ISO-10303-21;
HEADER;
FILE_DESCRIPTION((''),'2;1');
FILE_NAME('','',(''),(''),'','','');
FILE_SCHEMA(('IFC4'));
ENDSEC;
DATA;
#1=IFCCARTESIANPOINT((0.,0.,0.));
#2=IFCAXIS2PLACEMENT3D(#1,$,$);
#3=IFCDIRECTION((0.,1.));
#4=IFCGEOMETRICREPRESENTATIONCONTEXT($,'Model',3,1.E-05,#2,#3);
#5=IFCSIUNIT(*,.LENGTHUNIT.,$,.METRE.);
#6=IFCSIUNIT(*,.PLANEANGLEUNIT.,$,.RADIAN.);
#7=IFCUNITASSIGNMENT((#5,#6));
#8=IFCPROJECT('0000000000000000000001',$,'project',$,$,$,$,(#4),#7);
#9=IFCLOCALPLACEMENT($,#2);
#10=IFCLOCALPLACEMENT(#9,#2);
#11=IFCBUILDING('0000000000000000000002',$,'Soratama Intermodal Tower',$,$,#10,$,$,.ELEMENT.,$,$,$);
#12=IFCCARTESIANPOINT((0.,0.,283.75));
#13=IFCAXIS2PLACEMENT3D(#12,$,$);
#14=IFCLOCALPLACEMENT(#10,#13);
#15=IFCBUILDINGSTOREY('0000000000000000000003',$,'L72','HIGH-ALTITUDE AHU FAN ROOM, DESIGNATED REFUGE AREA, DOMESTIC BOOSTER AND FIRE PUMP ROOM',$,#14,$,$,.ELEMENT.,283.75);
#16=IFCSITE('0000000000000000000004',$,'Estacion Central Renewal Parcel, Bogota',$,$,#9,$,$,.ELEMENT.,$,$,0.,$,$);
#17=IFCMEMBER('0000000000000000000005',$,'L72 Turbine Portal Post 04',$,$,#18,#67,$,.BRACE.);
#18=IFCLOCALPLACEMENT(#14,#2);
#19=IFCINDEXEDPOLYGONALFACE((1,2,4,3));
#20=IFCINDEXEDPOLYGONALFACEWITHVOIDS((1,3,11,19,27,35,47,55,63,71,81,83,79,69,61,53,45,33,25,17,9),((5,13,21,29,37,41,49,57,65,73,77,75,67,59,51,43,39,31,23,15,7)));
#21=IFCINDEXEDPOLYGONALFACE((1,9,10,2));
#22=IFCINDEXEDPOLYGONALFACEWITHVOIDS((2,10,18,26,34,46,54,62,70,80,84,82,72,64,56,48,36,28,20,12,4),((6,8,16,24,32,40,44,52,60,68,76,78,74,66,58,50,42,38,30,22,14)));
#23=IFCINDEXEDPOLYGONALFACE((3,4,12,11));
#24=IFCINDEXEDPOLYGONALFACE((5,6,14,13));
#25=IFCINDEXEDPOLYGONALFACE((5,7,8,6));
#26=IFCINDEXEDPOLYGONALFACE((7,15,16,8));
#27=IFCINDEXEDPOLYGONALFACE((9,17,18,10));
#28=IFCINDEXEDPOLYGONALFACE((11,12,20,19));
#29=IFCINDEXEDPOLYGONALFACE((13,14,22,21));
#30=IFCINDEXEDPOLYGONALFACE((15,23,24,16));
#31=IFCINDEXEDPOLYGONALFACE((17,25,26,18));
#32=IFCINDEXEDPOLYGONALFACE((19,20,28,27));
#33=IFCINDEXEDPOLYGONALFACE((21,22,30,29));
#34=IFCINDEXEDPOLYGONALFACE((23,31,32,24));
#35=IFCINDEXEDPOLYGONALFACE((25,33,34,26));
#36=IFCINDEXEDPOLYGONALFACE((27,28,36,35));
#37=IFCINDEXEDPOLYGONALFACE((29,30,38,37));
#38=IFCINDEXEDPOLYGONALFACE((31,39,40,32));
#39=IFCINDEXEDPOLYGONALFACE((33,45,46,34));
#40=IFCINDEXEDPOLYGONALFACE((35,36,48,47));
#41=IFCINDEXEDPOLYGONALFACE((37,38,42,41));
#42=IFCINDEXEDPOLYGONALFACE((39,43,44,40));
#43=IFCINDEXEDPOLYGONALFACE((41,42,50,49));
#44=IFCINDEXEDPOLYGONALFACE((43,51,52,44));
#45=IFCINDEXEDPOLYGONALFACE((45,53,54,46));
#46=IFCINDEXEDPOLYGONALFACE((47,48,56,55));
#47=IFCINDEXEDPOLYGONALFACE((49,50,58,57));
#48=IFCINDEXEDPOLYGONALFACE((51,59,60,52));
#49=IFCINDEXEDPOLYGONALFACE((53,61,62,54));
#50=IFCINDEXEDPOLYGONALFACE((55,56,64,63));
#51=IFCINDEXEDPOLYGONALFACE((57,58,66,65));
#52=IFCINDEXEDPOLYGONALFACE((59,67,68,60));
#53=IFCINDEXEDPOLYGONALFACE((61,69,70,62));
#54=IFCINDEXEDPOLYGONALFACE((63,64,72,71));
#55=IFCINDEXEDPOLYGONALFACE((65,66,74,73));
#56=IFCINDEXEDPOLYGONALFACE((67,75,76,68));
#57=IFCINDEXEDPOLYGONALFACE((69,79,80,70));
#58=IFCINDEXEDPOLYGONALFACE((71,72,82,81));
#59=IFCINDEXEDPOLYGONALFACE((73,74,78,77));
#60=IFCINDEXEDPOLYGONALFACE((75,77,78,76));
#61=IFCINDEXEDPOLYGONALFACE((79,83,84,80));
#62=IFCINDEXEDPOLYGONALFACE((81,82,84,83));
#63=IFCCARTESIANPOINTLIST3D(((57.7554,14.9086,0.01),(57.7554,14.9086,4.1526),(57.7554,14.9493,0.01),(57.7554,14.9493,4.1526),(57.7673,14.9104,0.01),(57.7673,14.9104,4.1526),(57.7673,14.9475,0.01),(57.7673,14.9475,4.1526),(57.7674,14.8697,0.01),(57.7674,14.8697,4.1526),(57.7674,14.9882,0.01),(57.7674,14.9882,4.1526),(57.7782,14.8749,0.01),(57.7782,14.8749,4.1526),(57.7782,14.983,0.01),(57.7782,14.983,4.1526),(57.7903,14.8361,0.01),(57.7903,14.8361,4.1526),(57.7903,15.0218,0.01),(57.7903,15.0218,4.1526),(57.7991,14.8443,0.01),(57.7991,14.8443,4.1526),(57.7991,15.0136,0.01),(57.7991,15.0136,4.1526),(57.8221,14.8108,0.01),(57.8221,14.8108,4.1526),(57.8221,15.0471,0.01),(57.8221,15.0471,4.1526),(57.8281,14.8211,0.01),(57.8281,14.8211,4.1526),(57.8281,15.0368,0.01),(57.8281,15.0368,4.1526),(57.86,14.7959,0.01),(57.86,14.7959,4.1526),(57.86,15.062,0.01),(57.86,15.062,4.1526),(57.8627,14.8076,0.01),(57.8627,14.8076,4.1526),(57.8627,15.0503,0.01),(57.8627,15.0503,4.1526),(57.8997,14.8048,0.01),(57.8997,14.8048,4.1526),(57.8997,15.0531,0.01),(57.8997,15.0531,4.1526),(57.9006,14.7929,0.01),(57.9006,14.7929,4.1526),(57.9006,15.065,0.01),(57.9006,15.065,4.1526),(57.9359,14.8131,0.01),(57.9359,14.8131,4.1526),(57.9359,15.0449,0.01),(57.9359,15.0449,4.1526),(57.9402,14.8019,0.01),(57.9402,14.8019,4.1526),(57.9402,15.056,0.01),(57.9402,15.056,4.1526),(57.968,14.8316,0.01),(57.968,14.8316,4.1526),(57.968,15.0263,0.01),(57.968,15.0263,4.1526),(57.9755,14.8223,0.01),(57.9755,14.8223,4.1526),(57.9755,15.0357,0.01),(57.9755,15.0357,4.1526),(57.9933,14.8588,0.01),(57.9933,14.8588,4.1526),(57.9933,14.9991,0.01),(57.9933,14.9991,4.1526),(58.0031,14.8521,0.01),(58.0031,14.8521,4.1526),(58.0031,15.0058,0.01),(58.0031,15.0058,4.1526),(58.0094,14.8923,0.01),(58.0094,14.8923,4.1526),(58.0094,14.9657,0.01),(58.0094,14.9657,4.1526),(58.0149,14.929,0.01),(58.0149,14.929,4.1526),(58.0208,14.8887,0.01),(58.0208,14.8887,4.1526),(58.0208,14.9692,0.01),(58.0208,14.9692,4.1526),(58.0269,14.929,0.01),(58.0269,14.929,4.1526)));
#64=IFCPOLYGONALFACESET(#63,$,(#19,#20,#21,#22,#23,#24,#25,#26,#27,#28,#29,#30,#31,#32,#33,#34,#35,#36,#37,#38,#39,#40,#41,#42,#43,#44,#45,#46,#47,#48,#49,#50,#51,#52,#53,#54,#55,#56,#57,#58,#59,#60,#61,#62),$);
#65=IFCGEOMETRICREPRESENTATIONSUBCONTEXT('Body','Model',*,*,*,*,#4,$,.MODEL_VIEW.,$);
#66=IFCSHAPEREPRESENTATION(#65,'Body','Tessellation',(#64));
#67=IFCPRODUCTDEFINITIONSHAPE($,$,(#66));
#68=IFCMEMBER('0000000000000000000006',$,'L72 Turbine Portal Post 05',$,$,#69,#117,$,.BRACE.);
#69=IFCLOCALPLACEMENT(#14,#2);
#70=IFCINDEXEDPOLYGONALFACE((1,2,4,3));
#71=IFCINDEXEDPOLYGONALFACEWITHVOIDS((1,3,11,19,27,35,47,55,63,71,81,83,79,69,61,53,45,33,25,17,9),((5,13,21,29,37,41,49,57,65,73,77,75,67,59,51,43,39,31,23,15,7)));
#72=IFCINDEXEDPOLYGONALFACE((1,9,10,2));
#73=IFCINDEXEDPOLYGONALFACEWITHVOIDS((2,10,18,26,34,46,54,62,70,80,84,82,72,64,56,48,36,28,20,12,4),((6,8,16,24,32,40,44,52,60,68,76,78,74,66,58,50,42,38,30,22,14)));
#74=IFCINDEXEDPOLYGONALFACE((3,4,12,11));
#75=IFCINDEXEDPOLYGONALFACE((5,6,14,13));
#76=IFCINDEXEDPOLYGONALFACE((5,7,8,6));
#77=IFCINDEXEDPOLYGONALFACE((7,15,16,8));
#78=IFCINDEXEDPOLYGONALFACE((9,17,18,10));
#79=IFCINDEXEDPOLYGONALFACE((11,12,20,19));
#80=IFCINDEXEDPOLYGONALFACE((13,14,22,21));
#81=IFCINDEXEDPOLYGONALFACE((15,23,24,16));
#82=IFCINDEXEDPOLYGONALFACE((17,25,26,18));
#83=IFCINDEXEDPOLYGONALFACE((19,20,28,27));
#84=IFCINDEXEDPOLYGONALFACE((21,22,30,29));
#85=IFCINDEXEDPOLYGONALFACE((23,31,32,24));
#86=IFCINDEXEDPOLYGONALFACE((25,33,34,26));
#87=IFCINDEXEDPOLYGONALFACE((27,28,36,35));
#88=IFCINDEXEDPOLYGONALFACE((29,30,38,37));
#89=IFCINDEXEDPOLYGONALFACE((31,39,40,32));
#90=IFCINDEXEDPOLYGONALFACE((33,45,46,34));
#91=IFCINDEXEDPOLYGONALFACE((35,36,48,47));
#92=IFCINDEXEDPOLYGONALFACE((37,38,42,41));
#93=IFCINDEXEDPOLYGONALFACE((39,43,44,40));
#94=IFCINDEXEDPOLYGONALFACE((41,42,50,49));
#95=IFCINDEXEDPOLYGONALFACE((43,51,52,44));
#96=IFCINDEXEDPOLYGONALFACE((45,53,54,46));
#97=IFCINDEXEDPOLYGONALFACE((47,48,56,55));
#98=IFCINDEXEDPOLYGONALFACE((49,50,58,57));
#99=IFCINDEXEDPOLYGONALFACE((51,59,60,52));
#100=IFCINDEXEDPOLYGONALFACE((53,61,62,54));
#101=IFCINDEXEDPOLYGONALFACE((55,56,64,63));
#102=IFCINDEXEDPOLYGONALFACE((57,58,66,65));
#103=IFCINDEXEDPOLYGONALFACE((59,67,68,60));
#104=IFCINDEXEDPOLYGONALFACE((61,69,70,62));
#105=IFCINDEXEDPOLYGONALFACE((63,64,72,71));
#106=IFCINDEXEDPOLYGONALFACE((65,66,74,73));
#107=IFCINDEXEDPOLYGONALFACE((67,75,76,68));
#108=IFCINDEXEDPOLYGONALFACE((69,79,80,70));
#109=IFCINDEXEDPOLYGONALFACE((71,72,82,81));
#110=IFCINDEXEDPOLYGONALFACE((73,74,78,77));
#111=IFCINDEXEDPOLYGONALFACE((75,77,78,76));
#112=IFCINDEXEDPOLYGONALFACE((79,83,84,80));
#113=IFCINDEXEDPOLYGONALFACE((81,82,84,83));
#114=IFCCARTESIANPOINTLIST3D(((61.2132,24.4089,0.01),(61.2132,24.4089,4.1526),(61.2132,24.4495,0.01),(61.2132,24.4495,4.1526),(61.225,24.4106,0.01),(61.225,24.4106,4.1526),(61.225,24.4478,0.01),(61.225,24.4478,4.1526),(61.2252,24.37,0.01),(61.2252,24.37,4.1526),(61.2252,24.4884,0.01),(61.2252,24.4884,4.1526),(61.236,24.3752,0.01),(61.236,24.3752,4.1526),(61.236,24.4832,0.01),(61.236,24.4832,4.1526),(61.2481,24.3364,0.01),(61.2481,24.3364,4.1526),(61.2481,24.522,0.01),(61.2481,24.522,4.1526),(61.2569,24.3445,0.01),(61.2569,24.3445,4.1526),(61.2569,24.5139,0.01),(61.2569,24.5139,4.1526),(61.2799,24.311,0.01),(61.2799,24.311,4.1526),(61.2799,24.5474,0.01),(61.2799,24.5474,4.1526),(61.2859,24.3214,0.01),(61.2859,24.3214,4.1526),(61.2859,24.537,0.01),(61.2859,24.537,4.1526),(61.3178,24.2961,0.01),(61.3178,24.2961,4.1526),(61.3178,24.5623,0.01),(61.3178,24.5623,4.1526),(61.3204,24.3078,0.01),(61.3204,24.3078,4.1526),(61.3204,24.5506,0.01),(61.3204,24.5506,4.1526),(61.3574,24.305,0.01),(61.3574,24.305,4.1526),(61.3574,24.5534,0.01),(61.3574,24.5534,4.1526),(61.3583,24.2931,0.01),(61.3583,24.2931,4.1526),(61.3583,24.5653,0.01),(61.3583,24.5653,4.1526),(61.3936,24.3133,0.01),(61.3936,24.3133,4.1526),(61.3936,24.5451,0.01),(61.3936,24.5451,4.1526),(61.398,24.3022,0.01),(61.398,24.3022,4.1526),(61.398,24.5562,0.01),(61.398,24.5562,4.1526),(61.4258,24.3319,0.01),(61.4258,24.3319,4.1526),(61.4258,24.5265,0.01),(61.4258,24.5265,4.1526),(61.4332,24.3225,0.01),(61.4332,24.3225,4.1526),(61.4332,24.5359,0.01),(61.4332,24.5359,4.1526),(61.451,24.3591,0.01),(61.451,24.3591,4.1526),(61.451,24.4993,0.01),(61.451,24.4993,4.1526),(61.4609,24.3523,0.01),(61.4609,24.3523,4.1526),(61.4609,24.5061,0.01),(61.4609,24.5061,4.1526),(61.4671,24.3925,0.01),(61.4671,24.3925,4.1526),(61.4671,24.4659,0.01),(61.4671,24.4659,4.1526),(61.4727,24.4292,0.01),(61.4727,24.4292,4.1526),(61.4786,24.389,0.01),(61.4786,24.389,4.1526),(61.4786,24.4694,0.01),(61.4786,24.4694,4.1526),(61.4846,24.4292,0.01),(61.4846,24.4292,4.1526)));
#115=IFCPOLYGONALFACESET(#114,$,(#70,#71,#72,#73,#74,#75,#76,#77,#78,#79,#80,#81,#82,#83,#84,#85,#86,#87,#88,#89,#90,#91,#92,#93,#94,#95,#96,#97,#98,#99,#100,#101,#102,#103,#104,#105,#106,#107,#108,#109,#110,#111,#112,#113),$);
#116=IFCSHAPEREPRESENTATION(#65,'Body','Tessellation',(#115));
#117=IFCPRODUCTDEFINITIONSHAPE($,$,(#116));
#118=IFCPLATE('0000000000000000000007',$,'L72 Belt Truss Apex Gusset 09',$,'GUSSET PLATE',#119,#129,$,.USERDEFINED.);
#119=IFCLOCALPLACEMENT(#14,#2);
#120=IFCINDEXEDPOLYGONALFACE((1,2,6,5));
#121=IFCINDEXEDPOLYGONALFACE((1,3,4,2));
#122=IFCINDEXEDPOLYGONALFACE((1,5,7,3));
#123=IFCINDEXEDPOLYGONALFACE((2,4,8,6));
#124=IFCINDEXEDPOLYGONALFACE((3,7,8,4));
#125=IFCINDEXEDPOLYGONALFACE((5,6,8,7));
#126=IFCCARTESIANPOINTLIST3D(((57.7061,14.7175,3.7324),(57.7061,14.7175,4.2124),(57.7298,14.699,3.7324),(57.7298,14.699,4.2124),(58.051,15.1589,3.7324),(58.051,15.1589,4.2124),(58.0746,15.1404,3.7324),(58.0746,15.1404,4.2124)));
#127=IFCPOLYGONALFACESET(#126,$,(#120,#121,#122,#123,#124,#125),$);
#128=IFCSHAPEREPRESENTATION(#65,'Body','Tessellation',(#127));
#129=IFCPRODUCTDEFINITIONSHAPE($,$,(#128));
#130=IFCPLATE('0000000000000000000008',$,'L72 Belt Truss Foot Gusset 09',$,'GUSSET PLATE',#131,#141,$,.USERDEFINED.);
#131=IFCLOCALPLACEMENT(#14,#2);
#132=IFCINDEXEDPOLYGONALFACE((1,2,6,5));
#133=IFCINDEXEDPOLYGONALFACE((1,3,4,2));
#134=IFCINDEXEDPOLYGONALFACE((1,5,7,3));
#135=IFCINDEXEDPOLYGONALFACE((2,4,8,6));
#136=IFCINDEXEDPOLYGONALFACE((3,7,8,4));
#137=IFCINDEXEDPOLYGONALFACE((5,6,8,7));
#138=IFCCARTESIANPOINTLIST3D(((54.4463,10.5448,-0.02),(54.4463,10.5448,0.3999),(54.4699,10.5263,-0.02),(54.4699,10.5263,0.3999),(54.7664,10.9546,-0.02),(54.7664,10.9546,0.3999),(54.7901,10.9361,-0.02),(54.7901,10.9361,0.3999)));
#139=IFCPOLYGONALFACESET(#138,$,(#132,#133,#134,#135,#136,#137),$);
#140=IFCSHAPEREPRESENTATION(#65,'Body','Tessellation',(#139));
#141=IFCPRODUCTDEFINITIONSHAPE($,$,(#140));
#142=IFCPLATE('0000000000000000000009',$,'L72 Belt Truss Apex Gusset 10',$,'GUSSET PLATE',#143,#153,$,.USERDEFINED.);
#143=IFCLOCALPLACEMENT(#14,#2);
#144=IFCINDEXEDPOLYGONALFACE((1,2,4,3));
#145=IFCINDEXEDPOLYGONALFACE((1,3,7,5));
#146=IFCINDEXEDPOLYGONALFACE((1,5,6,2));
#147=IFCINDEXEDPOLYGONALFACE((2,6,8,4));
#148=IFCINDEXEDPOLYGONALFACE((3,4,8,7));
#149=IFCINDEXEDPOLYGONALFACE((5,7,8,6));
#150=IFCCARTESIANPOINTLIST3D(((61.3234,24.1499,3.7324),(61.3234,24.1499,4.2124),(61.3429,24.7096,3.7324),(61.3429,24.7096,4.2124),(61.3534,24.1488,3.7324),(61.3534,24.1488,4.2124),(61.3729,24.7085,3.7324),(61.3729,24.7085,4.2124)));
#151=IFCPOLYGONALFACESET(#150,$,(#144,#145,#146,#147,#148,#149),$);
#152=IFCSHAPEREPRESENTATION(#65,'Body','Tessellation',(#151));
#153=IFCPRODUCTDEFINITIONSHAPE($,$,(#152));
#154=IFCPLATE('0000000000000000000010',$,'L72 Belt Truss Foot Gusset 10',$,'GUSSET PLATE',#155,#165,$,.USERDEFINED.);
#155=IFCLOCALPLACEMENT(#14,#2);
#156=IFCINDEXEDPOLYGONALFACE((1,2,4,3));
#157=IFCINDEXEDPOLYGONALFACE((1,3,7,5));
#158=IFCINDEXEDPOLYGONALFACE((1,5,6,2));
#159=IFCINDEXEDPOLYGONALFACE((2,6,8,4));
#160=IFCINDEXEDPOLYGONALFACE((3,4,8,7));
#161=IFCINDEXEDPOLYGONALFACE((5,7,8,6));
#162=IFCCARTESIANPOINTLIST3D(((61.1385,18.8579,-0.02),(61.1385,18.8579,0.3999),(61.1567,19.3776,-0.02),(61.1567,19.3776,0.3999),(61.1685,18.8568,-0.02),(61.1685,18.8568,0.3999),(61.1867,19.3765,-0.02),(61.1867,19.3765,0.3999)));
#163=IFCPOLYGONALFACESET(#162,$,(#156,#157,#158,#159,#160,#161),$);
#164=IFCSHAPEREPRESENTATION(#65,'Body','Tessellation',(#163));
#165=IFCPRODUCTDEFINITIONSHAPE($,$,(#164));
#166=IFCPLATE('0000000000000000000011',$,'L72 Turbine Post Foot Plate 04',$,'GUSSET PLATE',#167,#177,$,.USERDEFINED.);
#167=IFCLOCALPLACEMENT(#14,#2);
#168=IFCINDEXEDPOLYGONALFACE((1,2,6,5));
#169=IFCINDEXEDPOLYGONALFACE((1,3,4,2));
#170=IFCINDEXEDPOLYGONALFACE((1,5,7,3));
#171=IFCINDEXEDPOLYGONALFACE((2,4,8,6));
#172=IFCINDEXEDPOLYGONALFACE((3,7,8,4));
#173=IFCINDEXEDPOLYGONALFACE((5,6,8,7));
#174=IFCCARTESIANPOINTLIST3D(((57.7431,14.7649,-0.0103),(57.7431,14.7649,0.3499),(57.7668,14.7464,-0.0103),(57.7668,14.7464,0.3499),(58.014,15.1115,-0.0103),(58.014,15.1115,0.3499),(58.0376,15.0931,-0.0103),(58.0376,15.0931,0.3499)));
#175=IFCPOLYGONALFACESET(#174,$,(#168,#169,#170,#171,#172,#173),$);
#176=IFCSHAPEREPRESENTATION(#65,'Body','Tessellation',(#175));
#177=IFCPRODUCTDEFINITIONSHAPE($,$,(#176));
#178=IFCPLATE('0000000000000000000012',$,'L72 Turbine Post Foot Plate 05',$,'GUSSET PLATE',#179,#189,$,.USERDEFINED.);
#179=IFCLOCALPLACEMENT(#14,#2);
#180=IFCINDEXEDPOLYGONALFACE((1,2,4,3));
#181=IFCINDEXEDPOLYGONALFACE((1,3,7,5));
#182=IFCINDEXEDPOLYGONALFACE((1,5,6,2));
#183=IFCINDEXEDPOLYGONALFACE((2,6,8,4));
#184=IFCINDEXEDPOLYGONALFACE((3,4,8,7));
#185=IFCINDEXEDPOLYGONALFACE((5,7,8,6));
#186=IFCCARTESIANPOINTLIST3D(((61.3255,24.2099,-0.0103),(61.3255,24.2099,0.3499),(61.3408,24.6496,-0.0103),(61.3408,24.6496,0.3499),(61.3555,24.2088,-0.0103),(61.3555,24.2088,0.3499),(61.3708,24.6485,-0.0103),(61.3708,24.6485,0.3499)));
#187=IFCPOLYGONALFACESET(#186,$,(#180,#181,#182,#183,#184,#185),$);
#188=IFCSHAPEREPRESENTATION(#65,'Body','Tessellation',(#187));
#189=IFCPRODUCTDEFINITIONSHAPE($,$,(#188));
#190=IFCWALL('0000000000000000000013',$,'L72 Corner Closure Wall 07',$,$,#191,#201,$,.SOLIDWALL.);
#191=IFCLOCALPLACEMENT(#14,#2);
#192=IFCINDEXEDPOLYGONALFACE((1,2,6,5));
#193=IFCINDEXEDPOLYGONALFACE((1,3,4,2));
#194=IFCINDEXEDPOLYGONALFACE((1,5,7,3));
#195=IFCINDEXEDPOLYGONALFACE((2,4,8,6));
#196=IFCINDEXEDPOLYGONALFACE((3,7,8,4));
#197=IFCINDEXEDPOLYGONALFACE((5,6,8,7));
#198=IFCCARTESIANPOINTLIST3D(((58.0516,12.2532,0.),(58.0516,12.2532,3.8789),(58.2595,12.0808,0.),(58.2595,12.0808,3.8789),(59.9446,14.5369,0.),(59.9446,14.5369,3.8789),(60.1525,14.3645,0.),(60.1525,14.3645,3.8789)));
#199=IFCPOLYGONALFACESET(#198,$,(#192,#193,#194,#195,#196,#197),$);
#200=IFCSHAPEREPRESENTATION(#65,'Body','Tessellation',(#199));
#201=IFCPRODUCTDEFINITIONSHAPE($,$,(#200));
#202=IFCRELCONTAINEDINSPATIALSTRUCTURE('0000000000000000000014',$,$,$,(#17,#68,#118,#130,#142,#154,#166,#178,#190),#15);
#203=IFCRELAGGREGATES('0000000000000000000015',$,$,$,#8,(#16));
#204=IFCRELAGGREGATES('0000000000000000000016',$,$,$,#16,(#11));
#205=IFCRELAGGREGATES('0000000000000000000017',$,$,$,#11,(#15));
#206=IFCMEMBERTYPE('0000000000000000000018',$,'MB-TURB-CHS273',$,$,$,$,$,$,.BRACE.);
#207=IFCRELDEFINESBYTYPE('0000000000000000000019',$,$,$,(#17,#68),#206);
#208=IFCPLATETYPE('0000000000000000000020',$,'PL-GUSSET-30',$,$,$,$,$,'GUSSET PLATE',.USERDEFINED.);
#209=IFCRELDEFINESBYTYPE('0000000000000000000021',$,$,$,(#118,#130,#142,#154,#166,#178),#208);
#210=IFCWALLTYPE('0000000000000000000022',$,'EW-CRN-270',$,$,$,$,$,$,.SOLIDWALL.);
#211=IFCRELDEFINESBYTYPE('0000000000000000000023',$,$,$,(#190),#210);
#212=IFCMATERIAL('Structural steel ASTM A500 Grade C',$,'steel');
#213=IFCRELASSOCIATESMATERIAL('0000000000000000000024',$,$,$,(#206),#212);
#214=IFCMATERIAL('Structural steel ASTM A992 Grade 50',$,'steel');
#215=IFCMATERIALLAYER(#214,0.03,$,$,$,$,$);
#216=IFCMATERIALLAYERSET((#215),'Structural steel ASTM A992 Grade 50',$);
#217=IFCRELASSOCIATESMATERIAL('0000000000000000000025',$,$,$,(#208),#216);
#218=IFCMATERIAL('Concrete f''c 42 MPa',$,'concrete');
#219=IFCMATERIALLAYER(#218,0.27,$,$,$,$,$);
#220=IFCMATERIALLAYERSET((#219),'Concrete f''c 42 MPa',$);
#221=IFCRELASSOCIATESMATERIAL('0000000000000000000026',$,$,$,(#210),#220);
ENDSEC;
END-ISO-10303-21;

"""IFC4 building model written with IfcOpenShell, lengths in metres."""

from ifc_helpers import new_model, si_unit, direction, frame, frame_2d, origin, origin_2d, place, context, subcontext, project, spatial, rectangle, hollow_circle, extrude, material, layer, layer_set, material_profile, profile_set, type_object, element, save


model = new_model("IFC4")

# Units and contexts
model_context = context("Model", 3, precision=1e-05, world=origin(), true_north=direction((0.0, 1.0)))
body_context = subcontext(model_context, "Body", "Model", "MODEL_VIEW")
ifc_project = project(units=[si_unit("LENGTHUNIT", "METRE"), si_unit("PLANEANGLEUNIT", "RADIAN")], contexts=[model_context])

# Site, building, storey
site_placement = place(None, origin())
site = spatial("IfcSite", under=ifc_project, at=site_placement, Name="Estacion Central Renewal Parcel, Bogota", CompositionType="ELEMENT", RefElevation=0.0)
building_placement = place(site_placement, origin())
building = spatial("IfcBuilding", under=site, at=building_placement, Name="Soratama Intermodal Tower", CompositionType="ELEMENT")
storey_placement = place(building_placement, frame((0.0, 0.0, 283.75)))
storey = spatial("IfcBuildingStorey", under=building, at=storey_placement, Name="L72", Description="HIGH-ALTITUDE AHU FAN ROOM, DESIGNATED REFUGE AREA, DOMESTIC BOOSTER AND FIRE PUMP ROOM", CompositionType="ELEMENT", Elevation=283.75)

# Members
ifc_material_1 = material(Name="Structural steel ASTM A500 Grade C", Category="steel")
ifc_material_profile_1 = material_profile(ifc_material_1, hollow_circle(Radius=0.1365, WallThickness=0.012, at=origin_2d()), Name="CHS273X12")
ifc_profile_set_1 = profile_set([ifc_material_profile_1], Name="Structural steel ASTM A500 Grade C")
member_type_1 = type_object("IfcMemberType", Name="MB-TURB-CHS273", PredefinedType="BRACE", material=ifc_profile_set_1)
for number, where, z_axis, x_axis, name in (
    (1, (57.8904, 14.929, 0.01), (0.0, 0.0, 1.0), (1.0, 0.0, 0.0), "L72 Turbine Portal Post 04"),
    (2, (61.3481, 24.4292, 0.01), (0.0, 0.0, 1.0), (1.0, 0.0, 0.0), "L72 Turbine Portal Post 05"),
):
    element("IfcMember", number, at=place(storey_placement, frame(where, z_axis=z_axis, x_axis=x_axis)), inside=storey, type_object=member_type_1, Name=name, PredefinedType="BRACE", context=body_context, shape_type="SweptSolid", body=[
        extrude(hollow_circle(Radius=0.1365, WallThickness=0.012, at=origin_2d()), origin(), (0.0, 0.0, 1.0), 4.1426),
    ])

# Plates
ifc_material_2 = material(Name="Structural steel ASTM A992 Grade 50", Category="steel")
ifc_layer_1 = layer(ifc_material_2, 0.03)
ifc_layer_set_1 = layer_set([ifc_layer_1], Name="Structural steel ASTM A992 Grade 50")
plate_type = type_object("IfcPlateType", Name="PL-GUSSET-30", ElementType="GUSSET PLATE", PredefinedType="USERDEFINED", material=ifc_layer_set_1)
plate_1_placement = place(storey_placement, frame((57.8904, 14.929, 3.7324), z_axis=(0.0, 0.0, 1.0), x_axis=(0.615661, 0.788011, 0.0)))
element("IfcPlate", 3, at=plate_1_placement, inside=storey, type_object=plate_type, Name="L72 Belt Truss Apex Gusset 09", ObjectType="GUSSET PLATE", PredefinedType="USERDEFINED", context=body_context, shape_type="SweptSolid", body=[
    extrude(rectangle(XDim=0.5601, YDim=0.03, at=origin_2d()), origin(), (0.0, 0.0, 1.0), 0.48),
])
plate_2_placement = place(storey_placement, frame((54.6182, 10.7405, -0.02), z_axis=(0.0, 0.0, 1.0), x_axis=(0.615661, 0.788011, 0.0)))
element("IfcPlate", 4, at=plate_2_placement, inside=storey, type_object=plate_type, Name="L72 Belt Truss Foot Gusset 09", ObjectType="GUSSET PLATE", PredefinedType="USERDEFINED", context=body_context, shape_type="SweptSolid", body=[
    extrude(rectangle(XDim=0.52, YDim=0.03, at=origin_2d()), origin(), (0.0, 0.0, 1.0), 0.4199),
])
plate_3_placement = place(storey_placement, frame((61.3481, 24.4292, 3.7324), z_axis=(0.0, 0.0, 1.0), x_axis=(0.034899, 0.999391, 0.0)))
element("IfcPlate", 5, at=plate_3_placement, inside=storey, type_object=plate_type, Name="L72 Belt Truss Apex Gusset 10", ObjectType="GUSSET PLATE", PredefinedType="USERDEFINED", context=body_context, shape_type="SweptSolid", body=[
    extrude(rectangle(XDim=0.5601, YDim=0.03, at=origin_2d()), origin(), (0.0, 0.0, 1.0), 0.48),
])
plate_4_placement = place(storey_placement, frame((61.1626, 19.1172, -0.02), z_axis=(0.0, 0.0, 1.0), x_axis=(0.034899, 0.999391, 0.0)))
element("IfcPlate", 6, at=plate_4_placement, inside=storey, type_object=plate_type, Name="L72 Belt Truss Foot Gusset 10", ObjectType="GUSSET PLATE", PredefinedType="USERDEFINED", context=body_context, shape_type="SweptSolid", body=[
    extrude(rectangle(XDim=0.52, YDim=0.03, at=origin_2d()), origin(), (0.0, 0.0, 1.0), 0.4199),
])
for number, where, z_axis, x_axis, name in (
    (7, (57.8904, 14.929, -0.0103), (0.0, 0.0, 1.0), (0.615661, 0.788011, 0.0), "L72 Turbine Post Foot Plate 04"),
    (8, (61.3481, 24.4292, -0.0103), (0.0, 0.0, 1.0), (0.034899, 0.999391, 0.0), "L72 Turbine Post Foot Plate 05"),
):
    element("IfcPlate", number, at=place(storey_placement, frame(where, z_axis=z_axis, x_axis=x_axis)), inside=storey, type_object=plate_type, Name=name, ObjectType="GUSSET PLATE", PredefinedType="USERDEFINED", context=body_context, shape_type="SweptSolid", body=[
        extrude(rectangle(XDim=0.4399, YDim=0.03, at=origin_2d()), origin(), (0.0, 0.0, 1.0), 0.3601),
    ])

# Wall
ifc_material_3 = material(Name="Concrete f'c 42 MPa", Category="concrete")
ifc_layer_2 = layer(ifc_material_3, 0.27)
ifc_layer_set_2 = layer_set([ifc_layer_2], Name="Concrete f'c 42 MPa")
wall_type_1 = type_object("IfcWallType", Name="EW-CRN-270", PredefinedType="SOLIDWALL", material=ifc_layer_set_2)
wall_1_placement = place(storey_placement, frame((58.1555, 12.167, 0.0), z_axis=(0.0, 0.0, 1.0), x_axis=(0.638191, 0.769878, 0.0)))
element("IfcWall", 9, at=wall_1_placement, inside=storey, type_object=wall_type_1, Name="L72 Corner Closure Wall 07", PredefinedType="SOLIDWALL", context=body_context, shape_type="SweptSolid", body=[
    extrude(rectangle(XDim=2.9663, YDim=0.27, at=frame_2d((1.4832, 0.0))), origin(), (0.0, 0.0, 1.0), 3.8789),
])

save(model, "model.ifc")
